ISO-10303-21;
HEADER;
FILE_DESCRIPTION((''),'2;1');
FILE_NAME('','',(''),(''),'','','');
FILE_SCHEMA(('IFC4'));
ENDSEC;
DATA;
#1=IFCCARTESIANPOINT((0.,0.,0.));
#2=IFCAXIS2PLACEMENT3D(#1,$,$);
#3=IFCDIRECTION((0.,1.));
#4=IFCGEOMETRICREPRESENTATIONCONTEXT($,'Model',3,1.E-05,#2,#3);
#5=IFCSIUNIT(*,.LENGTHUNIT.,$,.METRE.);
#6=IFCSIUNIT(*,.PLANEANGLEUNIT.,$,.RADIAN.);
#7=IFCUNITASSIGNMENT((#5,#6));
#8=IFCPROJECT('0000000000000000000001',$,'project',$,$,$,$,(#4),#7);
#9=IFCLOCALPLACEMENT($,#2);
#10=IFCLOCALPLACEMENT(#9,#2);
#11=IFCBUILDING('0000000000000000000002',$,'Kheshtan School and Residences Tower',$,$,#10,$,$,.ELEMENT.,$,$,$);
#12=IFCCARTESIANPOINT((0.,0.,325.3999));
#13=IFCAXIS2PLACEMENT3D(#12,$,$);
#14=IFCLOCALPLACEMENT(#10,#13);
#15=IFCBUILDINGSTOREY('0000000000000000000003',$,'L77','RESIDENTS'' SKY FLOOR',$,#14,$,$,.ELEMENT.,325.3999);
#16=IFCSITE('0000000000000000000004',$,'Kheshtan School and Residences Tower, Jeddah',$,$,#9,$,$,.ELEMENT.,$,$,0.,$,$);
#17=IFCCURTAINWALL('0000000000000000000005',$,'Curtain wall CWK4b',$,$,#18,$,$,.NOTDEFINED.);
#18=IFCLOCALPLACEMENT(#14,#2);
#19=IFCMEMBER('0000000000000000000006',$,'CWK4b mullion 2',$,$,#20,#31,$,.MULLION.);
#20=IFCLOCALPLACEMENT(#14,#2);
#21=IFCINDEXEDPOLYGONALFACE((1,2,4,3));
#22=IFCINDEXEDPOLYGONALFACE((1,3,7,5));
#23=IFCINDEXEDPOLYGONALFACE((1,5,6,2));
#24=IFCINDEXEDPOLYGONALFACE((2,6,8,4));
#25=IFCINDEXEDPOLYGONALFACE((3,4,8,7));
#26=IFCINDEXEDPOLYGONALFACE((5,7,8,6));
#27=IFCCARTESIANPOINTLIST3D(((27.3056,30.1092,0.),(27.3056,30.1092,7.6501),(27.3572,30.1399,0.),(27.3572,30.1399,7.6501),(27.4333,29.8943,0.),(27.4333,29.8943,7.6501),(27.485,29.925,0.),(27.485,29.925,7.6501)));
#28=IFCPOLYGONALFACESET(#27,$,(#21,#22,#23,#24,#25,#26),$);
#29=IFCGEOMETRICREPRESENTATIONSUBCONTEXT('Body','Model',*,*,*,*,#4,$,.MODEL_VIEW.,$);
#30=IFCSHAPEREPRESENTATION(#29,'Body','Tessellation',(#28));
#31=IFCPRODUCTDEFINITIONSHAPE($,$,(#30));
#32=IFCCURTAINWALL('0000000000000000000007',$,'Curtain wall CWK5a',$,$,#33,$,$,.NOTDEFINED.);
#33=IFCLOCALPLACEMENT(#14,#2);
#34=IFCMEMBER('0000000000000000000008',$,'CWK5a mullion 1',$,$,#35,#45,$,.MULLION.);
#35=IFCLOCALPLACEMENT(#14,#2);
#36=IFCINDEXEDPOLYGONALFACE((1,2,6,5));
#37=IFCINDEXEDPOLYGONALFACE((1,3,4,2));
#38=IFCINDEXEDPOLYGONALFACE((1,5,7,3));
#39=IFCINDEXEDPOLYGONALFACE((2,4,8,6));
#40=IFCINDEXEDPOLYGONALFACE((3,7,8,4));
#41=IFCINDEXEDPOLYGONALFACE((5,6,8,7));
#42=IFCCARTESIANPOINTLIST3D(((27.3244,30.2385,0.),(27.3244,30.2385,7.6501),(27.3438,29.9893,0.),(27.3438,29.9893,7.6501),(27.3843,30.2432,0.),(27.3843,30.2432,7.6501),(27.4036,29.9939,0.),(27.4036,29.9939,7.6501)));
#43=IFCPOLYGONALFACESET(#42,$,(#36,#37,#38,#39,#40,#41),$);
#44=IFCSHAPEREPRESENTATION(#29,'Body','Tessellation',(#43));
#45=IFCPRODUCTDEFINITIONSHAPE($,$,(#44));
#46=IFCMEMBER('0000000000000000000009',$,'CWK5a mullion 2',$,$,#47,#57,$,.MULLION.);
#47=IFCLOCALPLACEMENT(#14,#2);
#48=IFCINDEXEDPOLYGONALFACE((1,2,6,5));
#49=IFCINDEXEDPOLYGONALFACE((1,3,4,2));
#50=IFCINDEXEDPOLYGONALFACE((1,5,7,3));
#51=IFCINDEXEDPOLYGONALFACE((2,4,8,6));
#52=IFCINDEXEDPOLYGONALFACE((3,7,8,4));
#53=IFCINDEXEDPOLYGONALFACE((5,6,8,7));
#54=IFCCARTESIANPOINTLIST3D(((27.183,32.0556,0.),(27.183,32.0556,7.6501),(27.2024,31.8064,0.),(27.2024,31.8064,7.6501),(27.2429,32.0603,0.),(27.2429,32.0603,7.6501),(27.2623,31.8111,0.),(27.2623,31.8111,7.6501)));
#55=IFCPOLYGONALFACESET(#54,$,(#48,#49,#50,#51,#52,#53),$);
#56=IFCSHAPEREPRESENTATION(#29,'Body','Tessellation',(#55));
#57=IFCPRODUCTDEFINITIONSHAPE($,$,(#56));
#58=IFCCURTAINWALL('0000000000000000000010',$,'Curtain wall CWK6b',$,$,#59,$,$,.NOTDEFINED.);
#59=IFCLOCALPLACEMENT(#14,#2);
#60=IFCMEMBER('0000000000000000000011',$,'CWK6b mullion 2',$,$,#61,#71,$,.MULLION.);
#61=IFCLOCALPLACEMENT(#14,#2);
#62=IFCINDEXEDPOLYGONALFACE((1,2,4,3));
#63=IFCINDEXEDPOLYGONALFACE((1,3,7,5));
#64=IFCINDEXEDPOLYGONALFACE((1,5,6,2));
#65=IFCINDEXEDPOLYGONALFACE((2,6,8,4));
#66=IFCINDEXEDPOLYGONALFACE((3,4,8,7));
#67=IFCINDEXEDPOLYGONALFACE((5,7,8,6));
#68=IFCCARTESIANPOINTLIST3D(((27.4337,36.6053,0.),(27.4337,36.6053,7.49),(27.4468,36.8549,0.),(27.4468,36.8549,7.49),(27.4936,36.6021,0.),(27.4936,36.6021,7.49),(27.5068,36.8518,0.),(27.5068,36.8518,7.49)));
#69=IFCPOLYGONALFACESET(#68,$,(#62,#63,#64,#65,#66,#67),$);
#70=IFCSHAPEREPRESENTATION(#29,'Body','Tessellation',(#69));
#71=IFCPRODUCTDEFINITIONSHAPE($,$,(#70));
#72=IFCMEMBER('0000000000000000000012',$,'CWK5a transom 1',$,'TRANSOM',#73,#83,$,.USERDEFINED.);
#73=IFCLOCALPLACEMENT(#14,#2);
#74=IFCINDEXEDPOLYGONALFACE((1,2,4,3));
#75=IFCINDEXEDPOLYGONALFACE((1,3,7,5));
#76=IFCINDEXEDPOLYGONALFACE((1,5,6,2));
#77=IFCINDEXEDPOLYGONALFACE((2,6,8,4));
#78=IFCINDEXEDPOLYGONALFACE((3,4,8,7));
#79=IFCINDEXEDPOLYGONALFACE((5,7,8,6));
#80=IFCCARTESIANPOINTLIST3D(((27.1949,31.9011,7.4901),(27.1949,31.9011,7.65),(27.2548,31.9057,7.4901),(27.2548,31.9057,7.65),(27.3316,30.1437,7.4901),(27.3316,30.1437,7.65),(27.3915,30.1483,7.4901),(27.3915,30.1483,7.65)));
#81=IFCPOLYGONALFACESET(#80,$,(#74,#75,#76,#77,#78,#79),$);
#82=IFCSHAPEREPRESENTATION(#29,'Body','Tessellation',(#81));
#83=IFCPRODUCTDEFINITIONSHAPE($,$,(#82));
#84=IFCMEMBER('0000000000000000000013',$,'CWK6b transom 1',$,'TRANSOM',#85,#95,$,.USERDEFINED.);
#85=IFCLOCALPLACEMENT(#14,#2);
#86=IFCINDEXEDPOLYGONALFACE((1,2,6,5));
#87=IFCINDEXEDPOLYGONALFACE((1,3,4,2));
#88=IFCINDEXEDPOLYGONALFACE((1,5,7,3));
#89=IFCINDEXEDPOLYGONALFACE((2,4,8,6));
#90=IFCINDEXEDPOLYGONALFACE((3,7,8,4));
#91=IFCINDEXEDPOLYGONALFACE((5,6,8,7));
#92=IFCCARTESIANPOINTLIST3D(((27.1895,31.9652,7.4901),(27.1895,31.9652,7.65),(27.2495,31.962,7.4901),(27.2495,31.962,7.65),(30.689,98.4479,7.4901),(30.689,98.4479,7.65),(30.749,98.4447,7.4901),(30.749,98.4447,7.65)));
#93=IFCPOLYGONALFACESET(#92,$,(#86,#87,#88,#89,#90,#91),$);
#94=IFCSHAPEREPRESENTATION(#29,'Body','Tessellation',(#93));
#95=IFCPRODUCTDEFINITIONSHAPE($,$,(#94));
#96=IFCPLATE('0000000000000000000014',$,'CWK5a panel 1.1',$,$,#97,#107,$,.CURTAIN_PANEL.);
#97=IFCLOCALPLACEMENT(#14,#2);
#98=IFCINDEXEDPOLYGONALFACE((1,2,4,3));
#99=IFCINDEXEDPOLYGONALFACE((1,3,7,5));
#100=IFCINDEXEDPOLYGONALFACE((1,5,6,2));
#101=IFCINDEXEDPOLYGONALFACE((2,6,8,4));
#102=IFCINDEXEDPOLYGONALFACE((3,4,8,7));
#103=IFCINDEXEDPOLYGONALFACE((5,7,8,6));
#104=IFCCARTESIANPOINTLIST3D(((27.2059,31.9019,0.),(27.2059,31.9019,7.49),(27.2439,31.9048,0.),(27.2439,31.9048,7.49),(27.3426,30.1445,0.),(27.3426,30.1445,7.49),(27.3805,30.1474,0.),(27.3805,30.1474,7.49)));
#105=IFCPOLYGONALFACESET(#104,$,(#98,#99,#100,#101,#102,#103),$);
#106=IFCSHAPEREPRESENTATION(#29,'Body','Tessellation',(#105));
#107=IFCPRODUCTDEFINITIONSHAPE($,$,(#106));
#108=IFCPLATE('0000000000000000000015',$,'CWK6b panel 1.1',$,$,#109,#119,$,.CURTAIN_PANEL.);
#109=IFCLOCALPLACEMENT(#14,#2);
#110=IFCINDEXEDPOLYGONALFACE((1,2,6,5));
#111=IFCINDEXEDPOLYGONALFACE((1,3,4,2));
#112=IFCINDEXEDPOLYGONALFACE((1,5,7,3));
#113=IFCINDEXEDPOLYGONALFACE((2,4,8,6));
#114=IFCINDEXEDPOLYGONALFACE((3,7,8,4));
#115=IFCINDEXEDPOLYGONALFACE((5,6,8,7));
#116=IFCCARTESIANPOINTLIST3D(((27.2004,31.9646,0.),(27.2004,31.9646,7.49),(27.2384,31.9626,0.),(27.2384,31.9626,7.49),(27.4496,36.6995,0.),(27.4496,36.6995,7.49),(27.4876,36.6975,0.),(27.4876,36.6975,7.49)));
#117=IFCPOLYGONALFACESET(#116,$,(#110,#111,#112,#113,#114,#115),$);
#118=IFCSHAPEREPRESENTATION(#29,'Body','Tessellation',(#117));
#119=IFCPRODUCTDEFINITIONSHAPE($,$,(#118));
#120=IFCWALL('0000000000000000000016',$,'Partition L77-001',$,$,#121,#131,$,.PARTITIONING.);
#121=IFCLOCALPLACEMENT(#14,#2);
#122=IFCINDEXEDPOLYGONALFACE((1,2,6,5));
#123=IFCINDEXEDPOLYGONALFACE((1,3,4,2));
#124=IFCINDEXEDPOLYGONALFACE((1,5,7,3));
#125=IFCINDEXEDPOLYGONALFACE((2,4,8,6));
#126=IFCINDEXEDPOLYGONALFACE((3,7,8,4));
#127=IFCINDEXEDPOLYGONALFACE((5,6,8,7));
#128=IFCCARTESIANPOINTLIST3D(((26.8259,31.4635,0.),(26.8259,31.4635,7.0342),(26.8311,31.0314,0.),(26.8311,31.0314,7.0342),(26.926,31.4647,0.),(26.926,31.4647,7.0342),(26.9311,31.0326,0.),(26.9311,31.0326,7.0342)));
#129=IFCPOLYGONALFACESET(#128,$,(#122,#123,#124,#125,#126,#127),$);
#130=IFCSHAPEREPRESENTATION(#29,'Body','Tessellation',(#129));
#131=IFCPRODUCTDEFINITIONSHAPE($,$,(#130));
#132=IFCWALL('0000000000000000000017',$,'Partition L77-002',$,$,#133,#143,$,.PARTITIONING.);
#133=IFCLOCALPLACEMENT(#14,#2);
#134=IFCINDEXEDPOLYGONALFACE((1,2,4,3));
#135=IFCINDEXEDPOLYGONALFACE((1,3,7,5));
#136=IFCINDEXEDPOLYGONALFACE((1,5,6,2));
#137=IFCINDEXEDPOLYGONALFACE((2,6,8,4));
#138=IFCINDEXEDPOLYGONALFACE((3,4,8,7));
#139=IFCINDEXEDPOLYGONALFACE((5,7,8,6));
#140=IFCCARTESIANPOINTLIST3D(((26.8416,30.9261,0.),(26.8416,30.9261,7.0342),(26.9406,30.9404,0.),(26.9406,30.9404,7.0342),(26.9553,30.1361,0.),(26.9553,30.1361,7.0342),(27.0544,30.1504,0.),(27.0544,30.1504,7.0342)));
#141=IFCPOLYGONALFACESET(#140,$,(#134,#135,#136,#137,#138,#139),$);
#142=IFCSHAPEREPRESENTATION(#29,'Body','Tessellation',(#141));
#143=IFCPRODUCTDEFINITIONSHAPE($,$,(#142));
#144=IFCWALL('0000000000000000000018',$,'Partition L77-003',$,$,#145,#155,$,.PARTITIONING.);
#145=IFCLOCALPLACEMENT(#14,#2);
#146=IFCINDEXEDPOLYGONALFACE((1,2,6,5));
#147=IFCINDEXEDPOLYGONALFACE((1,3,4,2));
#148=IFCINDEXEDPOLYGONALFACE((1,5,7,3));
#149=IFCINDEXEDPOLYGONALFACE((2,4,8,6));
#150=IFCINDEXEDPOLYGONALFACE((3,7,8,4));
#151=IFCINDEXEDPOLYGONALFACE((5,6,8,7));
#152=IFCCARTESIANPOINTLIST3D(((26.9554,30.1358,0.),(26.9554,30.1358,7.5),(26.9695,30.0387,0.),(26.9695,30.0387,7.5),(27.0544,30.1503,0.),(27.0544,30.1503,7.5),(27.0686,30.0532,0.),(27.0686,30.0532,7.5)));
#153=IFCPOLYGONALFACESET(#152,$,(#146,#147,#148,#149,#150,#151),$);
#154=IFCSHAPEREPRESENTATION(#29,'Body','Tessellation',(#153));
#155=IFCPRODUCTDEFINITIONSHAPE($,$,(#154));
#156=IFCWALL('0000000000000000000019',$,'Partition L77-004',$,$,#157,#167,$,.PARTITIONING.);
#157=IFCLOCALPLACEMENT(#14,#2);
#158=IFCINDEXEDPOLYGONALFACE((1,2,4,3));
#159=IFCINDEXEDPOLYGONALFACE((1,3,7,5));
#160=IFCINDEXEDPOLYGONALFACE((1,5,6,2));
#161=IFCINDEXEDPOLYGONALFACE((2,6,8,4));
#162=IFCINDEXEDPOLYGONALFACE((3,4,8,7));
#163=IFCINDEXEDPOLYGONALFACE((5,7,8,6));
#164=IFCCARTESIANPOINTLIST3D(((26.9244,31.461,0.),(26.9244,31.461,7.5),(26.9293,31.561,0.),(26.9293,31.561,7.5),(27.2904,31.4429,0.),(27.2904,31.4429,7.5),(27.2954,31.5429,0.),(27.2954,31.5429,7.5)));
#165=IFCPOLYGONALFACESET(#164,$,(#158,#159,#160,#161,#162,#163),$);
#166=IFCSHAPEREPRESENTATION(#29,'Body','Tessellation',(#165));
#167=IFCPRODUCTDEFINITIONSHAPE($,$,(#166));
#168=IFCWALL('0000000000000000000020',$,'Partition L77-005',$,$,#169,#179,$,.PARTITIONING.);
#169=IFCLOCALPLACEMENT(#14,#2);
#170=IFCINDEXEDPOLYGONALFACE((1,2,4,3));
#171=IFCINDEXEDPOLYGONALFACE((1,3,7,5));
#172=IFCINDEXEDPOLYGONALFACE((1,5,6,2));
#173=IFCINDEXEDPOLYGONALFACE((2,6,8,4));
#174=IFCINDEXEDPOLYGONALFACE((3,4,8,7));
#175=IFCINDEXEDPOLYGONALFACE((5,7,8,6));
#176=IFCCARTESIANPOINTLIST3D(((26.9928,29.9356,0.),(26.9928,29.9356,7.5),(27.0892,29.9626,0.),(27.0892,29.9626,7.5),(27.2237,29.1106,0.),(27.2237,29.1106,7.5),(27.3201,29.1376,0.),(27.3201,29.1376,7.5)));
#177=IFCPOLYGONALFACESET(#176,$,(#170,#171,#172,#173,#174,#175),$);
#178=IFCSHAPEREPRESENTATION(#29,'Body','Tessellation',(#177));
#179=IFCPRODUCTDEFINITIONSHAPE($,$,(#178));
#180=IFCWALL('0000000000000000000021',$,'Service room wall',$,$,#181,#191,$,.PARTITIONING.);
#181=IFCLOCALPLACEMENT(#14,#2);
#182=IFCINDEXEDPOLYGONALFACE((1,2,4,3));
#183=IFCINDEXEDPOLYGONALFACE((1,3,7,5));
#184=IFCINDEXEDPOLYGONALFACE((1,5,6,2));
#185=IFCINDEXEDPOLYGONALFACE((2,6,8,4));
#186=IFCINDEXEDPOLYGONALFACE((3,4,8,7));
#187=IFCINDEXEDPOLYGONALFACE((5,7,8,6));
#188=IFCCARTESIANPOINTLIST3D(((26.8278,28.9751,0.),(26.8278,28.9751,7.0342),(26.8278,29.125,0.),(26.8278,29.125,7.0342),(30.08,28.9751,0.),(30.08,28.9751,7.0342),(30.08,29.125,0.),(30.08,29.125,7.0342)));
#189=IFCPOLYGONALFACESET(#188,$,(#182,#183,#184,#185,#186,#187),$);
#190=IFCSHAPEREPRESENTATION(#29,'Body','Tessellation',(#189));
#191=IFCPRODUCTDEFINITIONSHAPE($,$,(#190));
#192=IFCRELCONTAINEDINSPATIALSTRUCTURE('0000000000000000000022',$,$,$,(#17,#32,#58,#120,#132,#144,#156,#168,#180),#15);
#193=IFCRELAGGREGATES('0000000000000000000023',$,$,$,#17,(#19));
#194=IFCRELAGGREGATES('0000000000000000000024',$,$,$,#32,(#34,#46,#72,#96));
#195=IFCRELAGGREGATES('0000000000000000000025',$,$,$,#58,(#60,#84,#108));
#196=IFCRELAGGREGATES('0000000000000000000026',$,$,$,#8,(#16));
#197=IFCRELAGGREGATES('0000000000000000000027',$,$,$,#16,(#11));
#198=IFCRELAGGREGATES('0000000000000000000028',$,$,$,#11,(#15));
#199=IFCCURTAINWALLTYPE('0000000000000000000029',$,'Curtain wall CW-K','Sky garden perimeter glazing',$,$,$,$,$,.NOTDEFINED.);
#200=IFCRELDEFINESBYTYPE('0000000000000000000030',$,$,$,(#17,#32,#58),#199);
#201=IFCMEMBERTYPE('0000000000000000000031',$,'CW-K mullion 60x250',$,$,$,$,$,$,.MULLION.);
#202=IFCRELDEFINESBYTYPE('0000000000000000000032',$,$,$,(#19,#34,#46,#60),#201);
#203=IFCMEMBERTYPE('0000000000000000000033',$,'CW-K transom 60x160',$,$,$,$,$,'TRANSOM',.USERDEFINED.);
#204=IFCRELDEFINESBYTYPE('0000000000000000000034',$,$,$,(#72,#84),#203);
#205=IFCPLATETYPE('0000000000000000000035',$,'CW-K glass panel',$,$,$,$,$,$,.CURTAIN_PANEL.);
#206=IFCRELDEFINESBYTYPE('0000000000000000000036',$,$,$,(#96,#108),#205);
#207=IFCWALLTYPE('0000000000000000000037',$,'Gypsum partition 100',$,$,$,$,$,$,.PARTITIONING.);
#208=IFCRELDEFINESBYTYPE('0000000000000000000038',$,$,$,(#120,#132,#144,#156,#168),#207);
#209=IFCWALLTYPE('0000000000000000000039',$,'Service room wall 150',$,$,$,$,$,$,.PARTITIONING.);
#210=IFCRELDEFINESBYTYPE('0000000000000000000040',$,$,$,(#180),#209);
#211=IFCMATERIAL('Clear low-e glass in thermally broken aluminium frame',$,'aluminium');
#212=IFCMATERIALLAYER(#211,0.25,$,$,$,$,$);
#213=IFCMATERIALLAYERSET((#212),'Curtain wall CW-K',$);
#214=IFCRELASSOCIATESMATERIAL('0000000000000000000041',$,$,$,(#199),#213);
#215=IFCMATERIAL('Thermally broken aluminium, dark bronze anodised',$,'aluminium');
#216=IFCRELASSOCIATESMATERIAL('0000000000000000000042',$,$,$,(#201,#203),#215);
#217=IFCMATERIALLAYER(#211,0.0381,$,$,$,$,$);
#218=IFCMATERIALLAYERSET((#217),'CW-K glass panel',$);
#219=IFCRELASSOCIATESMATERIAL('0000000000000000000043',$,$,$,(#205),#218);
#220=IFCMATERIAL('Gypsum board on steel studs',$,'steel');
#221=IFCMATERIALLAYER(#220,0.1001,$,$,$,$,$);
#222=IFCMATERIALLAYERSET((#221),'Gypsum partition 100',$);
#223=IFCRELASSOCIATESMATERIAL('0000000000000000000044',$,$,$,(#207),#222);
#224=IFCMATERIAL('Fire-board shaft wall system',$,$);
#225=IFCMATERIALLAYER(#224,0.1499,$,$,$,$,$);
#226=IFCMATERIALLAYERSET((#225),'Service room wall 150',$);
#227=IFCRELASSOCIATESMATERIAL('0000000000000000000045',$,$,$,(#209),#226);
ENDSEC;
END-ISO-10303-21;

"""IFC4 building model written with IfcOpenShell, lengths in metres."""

from ifc_helpers import new_model, si_unit, direction, frame, frame_2d, origin, origin_2d, place, context, subcontext, project, spatial, rectangle, extrude, material, layer, layer_set, material_profile, profile_set, type_object, element, aggregate, save


model = new_model("IFC4")

# Units and contexts
model_context = context("Model", 3, precision=1e-05, world=origin(), true_north=direction((0.0, 1.0)))
body_context = subcontext(model_context, "Body", "Model", "MODEL_VIEW")
ifc_project = project(units=[si_unit("LENGTHUNIT", "METRE"), si_unit("PLANEANGLEUNIT", "RADIAN")], contexts=[model_context])

# Site, building, storey
site_placement = place(None, origin())
site = spatial("IfcSite", under=ifc_project, at=site_placement, Name="Kheshtan School and Residences Tower, Jeddah", CompositionType="ELEMENT", RefElevation=0.0)
building_placement = place(site_placement, origin())
building = spatial("IfcBuilding", under=site, at=building_placement, Name="Kheshtan School and Residences Tower", CompositionType="ELEMENT")
storey_placement = place(building_placement, frame((0.0, 0.0, 325.3999)))
storey = spatial("IfcBuildingStorey", under=building, at=storey_placement, Name="L77", Description="RESIDENTS' SKY FLOOR", CompositionType="ELEMENT", Elevation=325.3999)

# Curtain wall, member
ifc_material_1 = material(Name="Clear low-e glass in thermally broken aluminium frame", Category="aluminium")
ifc_layer_1 = layer(ifc_material_1, 0.25)
ifc_layer_set_1 = layer_set([ifc_layer_1], Name="Curtain wall CW-K")
curtain_wall_type = type_object("IfcCurtainWallType", Name="Curtain wall CW-K", Description="Sky garden perimeter glazing", PredefinedType="NOTDEFINED", material=ifc_layer_set_1)
curtain_wall_1_placement = place(storey_placement, origin())
curtain_wall_1 = element("IfcCurtainWall", 1, at=curtain_wall_1_placement, inside=storey, type_object=curtain_wall_type, Name="Curtain wall CWK4b", PredefinedType="NOTDEFINED")
ifc_material_2 = material(Name="Thermally broken aluminium, dark bronze anodised", Category="aluminium")
ifc_material_profile_1 = material_profile(ifc_material_2, rectangle(XDim=0.0601, YDim=0.25, at=origin_2d()), Name="CW-K mullion 60x250")
ifc_profile_set_1 = profile_set([ifc_material_profile_1], Name="Thermally broken aluminium, dark bronze anodised")
member_type_1 = type_object("IfcMemberType", Name="CW-K mullion 60x250", PredefinedType="MULLION", material=ifc_profile_set_1)
member_1_placement = place(storey_placement, frame((27.3953, 30.0171, 0.0), z_axis=(0.0, 0.0, 1.0), x_axis=(-0.859536, -0.511075, 0.0)))
member_1 = element("IfcMember", 2, at=member_1_placement, type_object=member_type_1, Name="CWK4b mullion 2", PredefinedType="MULLION", context=body_context, shape_type="SweptSolid", body=[
    extrude(rectangle(XDim=0.0601, YDim=0.25, at=origin_2d()), origin(), (0.0, 0.0, 1.0), 7.6501),
])
aggregate(curtain_wall_1, [member_1])

# Curtain wall, members
curtain_wall_2_placement = place(storey_placement, origin())
curtain_wall_2 = element("IfcCurtainWall", 3, at=curtain_wall_2_placement, inside=storey, type_object=curtain_wall_type, Name="Curtain wall CWK5a", PredefinedType="NOTDEFINED")
member_2_placement = place(storey_placement, frame((27.364, 30.1162, 0.0), z_axis=(0.0, 0.0, 1.0), x_axis=(-0.996989, -0.077549, 0.0)))
member_2 = element("IfcMember", 4, at=member_2_placement, type_object=member_type_1, Name="CWK5a mullion 1", PredefinedType="MULLION", context=body_context, shape_type="SweptSolid", body=[
    extrude(rectangle(XDim=0.0601, YDim=0.25, at=origin_2d()), origin(), (0.0, 0.0, 1.0), 7.6501),
])
member_3_placement = place(storey_placement, frame((27.2227, 31.9333, 0.0), z_axis=(0.0, 0.0, 1.0), x_axis=(-0.996989, -0.077549, 0.0)))
member_3 = element("IfcMember", 5, at=member_3_placement, type_object=member_type_1, Name="CWK5a mullion 2", PredefinedType="MULLION", context=body_context, shape_type="SweptSolid", body=[
    extrude(rectangle(XDim=0.0601, YDim=0.25, at=origin_2d()), origin(), (0.0, 0.0, 1.0), 7.6501),
])

# Curtain wall, member
curtain_wall_3_placement = place(storey_placement, origin())
curtain_wall_3 = element("IfcCurtainWall", 6, at=curtain_wall_3_placement, inside=storey, type_object=curtain_wall_type, Name="Curtain wall CWK6b", PredefinedType="NOTDEFINED")
member_4_placement = place(storey_placement, frame((27.4702, 36.7285, 0.0), z_axis=(0.0, 0.0, 1.0), x_axis=(-0.998617, 0.052565, 0.0)))
member_4 = element("IfcMember", 7, at=member_4_placement, type_object=member_type_1, Name="CWK6b mullion 2", PredefinedType="MULLION", context=body_context, shape_type="SweptSolid", body=[
    extrude(rectangle(XDim=0.0601, YDim=0.25, at=origin_2d()), origin(), (0.0, 0.0, 1.0), 7.49),
])

# Members
ifc_material_profile_2 = material_profile(ifc_material_2, rectangle(XDim=0.0601, YDim=0.1599, at=origin_2d()), Name="CW-K transom 60x160")
ifc_profile_set_2 = profile_set([ifc_material_profile_2], Name="Thermally broken aluminium, dark bronze anodised")
member_type_2 = type_object("IfcMemberType", Name="CW-K transom 60x160", ElementType="TRANSOM", PredefinedType="USERDEFINED", material=ifc_profile_set_2)
member_5_placement = place(storey_placement, frame((27.3616, 30.146, 7.5701), z_axis=(-0.077565, 0.996987, 0.0), x_axis=(-0.996987, -0.077565, 0.0)))
member_5 = element("IfcMember", 8, at=member_5_placement, type_object=member_type_2, Name="CWK5a transom 1", ObjectType="TRANSOM", PredefinedType="USERDEFINED", context=body_context, shape_type="SweptSolid", body=[
    extrude(rectangle(XDim=0.0601, YDim=0.1599, at=origin_2d()), origin(), (0.0, 0.0, 1.0), 1.7627),
])
member_6_placement = place(storey_placement, frame((27.2195, 31.9636, 7.5701), z_axis=(0.052565, 0.998617, 0.0), x_axis=(-0.998617, 0.052565, 0.0)))
member_6 = element("IfcMember", 9, at=member_6_placement, type_object=member_type_2, Name="CWK6b transom 1", ObjectType="TRANSOM", PredefinedType="USERDEFINED", context=body_context, shape_type="SweptSolid", body=[
    extrude(rectangle(XDim=0.0601, YDim=0.1599, at=origin_2d()), origin(), (0.0, 0.0, 1.0), 66.5747),
])

# Plates
ifc_layer_2 = layer(ifc_material_1, 0.0381)
ifc_layer_set_2 = layer_set([ifc_layer_2], Name="CW-K glass panel")
plate_type = type_object("IfcPlateType", Name="CW-K glass panel", PredefinedType="CURTAIN_PANEL", material=ifc_layer_set_2)
plate_1_placement = place(storey_placement, frame((27.2932, 31.0247, 0.0), z_axis=(0.0, 0.0, 1.0), x_axis=(-0.077549, 0.996989, 0.0)))
plate_1 = element("IfcPlate", 10, at=plate_1_placement, type_object=plate_type, Name="CWK5a panel 1.1", PredefinedType="CURTAIN_PANEL", context=body_context, shape_type="SweptSolid", body=[
    extrude(rectangle(XDim=1.7627, YDim=0.0381, at=origin_2d()), origin(), (0.0, 0.0, 1.0), 7.49),
])
aggregate(curtain_wall_2, [member_2, member_3, member_5, plate_1])
plate_2_placement = place(storey_placement, frame((27.344, 34.3311, 0.0), z_axis=(0.0, 0.0, 1.0), x_axis=(0.052565, 0.998617, 0.0)))
plate_2 = element("IfcPlate", 11, at=plate_2_placement, type_object=plate_type, Name="CWK6b panel 1.1", PredefinedType="CURTAIN_PANEL", context=body_context, shape_type="SweptSolid", body=[
    extrude(rectangle(XDim=4.7415, YDim=0.0381, at=origin_2d()), origin(), (0.0, 0.0, 1.0), 7.49),
])
aggregate(curtain_wall_3, [member_4, member_6, plate_2])

# Walls
ifc_material_3 = material(Name="Gypsum board on steel studs", Category="steel")
ifc_layer_3 = layer(ifc_material_3, 0.1001)
ifc_layer_set_3 = layer_set([ifc_layer_3], Name="Gypsum partition 100")
wall_type_1 = type_object("IfcWallType", Name="Gypsum partition 100", PredefinedType="PARTITIONING", material=ifc_layer_set_3)
wall_1_placement = place(storey_placement, frame((26.876, 31.4641, 0.0), z_axis=(0.0, 0.0, 1.0), x_axis=(0.011864, -0.99993, 0.0)))
element("IfcWall", 12, at=wall_1_placement, inside=storey, type_object=wall_type_1, Name="Partition L77-001", PredefinedType="PARTITIONING", context=body_context, shape_type="SweptSolid", body=[
    extrude(rectangle(XDim=0.4321, YDim=0.1001, at=frame_2d((0.2161, 0.0))), origin(), (0.0, 0.0, 1.0), 7.0342),
])
wall_2_placement = place(storey_placement, frame((26.8911, 30.9331, 0.0), z_axis=(0.0, 0.0, 1.0), x_axis=(0.142535, -0.98979, 0.0)))
element("IfcWall", 13, at=wall_2_placement, inside=storey, type_object=wall_type_1, Name="Partition L77-002", PredefinedType="PARTITIONING", context=body_context, shape_type="SweptSolid", body=[
    extrude(rectangle(XDim=0.7981, YDim=0.1001, at=frame_2d((0.3989, 0.0))), origin(), (0.0, 0.0, 1.0), 7.0342),
])
wall_3_placement = place(storey_placement, frame((27.0049, 30.1431, 0.0), z_axis=(0.0, 0.0, 1.0), x_axis=(0.144205, -0.989548, 0.0)))
element("IfcWall", 14, at=wall_3_placement, inside=storey, type_object=wall_type_1, Name="Partition L77-003", PredefinedType="PARTITIONING", context=body_context, shape_type="SweptSolid", body=[
    extrude(rectangle(XDim=0.0981, YDim=0.1001, at=frame_2d((0.0491, 0.0))), origin(), (0.0, 0.0, 1.0), 7.5),
])
wall_4_placement = place(storey_placement, frame((26.927, 31.511, 0.0), z_axis=(0.0, 0.0, 1.0), x_axis=(0.998784, -0.049306, 0.0)))
element("IfcWall", 15, at=wall_4_placement, inside=storey, type_object=wall_type_1, Name="Partition L77-004", PredefinedType="PARTITIONING", context=body_context, shape_type="SweptSolid", body=[
    extrude(rectangle(XDim=0.3665, YDim=0.1001, at=frame_2d((0.1831, 0.0))), origin(), (0.0, 0.0, 1.0), 7.5),
])
wall_5_placement = place(storey_placement, frame((27.041, 29.949, 0.0), z_axis=(0.0, 0.0, 1.0), x_axis=(0.269598, -0.962973, 0.0)))
element("IfcWall", 16, at=wall_5_placement, inside=storey, type_object=wall_type_1, Name="Partition L77-005", PredefinedType="PARTITIONING", context=body_context, shape_type="SweptSolid", body=[
    extrude(rectangle(XDim=0.8567, YDim=0.1001, at=frame_2d((0.4282, 0.0))), origin(), (0.0, 0.0, 1.0), 7.5),
])
ifc_material_4 = material(Name="Fire-board shaft wall system")
ifc_layer_4 = layer(ifc_material_4, 0.1499)
ifc_layer_set_4 = layer_set([ifc_layer_4], Name="Service room wall 150")
wall_type_2 = type_object("IfcWallType", Name="Service room wall 150", PredefinedType="PARTITIONING", material=ifc_layer_set_4)
wall_6_placement = place(storey_placement, frame((26.8279, 29.05, 0.0), z_axis=(0.0, 0.0, 1.0), x_axis=(1.0, 0.0, 0.0)))
element("IfcWall", 17, at=wall_6_placement, inside=storey, type_object=wall_type_2, Name="Service room wall", PredefinedType="PARTITIONING", context=body_context, shape_type="SweptSolid", body=[
    extrude(rectangle(XDim=3.2522, YDim=0.1499, at=frame_2d((1.626, 0.0))), origin(), (0.0, 0.0, 1.0), 7.0342),
])

save(model, "model.ifc")
